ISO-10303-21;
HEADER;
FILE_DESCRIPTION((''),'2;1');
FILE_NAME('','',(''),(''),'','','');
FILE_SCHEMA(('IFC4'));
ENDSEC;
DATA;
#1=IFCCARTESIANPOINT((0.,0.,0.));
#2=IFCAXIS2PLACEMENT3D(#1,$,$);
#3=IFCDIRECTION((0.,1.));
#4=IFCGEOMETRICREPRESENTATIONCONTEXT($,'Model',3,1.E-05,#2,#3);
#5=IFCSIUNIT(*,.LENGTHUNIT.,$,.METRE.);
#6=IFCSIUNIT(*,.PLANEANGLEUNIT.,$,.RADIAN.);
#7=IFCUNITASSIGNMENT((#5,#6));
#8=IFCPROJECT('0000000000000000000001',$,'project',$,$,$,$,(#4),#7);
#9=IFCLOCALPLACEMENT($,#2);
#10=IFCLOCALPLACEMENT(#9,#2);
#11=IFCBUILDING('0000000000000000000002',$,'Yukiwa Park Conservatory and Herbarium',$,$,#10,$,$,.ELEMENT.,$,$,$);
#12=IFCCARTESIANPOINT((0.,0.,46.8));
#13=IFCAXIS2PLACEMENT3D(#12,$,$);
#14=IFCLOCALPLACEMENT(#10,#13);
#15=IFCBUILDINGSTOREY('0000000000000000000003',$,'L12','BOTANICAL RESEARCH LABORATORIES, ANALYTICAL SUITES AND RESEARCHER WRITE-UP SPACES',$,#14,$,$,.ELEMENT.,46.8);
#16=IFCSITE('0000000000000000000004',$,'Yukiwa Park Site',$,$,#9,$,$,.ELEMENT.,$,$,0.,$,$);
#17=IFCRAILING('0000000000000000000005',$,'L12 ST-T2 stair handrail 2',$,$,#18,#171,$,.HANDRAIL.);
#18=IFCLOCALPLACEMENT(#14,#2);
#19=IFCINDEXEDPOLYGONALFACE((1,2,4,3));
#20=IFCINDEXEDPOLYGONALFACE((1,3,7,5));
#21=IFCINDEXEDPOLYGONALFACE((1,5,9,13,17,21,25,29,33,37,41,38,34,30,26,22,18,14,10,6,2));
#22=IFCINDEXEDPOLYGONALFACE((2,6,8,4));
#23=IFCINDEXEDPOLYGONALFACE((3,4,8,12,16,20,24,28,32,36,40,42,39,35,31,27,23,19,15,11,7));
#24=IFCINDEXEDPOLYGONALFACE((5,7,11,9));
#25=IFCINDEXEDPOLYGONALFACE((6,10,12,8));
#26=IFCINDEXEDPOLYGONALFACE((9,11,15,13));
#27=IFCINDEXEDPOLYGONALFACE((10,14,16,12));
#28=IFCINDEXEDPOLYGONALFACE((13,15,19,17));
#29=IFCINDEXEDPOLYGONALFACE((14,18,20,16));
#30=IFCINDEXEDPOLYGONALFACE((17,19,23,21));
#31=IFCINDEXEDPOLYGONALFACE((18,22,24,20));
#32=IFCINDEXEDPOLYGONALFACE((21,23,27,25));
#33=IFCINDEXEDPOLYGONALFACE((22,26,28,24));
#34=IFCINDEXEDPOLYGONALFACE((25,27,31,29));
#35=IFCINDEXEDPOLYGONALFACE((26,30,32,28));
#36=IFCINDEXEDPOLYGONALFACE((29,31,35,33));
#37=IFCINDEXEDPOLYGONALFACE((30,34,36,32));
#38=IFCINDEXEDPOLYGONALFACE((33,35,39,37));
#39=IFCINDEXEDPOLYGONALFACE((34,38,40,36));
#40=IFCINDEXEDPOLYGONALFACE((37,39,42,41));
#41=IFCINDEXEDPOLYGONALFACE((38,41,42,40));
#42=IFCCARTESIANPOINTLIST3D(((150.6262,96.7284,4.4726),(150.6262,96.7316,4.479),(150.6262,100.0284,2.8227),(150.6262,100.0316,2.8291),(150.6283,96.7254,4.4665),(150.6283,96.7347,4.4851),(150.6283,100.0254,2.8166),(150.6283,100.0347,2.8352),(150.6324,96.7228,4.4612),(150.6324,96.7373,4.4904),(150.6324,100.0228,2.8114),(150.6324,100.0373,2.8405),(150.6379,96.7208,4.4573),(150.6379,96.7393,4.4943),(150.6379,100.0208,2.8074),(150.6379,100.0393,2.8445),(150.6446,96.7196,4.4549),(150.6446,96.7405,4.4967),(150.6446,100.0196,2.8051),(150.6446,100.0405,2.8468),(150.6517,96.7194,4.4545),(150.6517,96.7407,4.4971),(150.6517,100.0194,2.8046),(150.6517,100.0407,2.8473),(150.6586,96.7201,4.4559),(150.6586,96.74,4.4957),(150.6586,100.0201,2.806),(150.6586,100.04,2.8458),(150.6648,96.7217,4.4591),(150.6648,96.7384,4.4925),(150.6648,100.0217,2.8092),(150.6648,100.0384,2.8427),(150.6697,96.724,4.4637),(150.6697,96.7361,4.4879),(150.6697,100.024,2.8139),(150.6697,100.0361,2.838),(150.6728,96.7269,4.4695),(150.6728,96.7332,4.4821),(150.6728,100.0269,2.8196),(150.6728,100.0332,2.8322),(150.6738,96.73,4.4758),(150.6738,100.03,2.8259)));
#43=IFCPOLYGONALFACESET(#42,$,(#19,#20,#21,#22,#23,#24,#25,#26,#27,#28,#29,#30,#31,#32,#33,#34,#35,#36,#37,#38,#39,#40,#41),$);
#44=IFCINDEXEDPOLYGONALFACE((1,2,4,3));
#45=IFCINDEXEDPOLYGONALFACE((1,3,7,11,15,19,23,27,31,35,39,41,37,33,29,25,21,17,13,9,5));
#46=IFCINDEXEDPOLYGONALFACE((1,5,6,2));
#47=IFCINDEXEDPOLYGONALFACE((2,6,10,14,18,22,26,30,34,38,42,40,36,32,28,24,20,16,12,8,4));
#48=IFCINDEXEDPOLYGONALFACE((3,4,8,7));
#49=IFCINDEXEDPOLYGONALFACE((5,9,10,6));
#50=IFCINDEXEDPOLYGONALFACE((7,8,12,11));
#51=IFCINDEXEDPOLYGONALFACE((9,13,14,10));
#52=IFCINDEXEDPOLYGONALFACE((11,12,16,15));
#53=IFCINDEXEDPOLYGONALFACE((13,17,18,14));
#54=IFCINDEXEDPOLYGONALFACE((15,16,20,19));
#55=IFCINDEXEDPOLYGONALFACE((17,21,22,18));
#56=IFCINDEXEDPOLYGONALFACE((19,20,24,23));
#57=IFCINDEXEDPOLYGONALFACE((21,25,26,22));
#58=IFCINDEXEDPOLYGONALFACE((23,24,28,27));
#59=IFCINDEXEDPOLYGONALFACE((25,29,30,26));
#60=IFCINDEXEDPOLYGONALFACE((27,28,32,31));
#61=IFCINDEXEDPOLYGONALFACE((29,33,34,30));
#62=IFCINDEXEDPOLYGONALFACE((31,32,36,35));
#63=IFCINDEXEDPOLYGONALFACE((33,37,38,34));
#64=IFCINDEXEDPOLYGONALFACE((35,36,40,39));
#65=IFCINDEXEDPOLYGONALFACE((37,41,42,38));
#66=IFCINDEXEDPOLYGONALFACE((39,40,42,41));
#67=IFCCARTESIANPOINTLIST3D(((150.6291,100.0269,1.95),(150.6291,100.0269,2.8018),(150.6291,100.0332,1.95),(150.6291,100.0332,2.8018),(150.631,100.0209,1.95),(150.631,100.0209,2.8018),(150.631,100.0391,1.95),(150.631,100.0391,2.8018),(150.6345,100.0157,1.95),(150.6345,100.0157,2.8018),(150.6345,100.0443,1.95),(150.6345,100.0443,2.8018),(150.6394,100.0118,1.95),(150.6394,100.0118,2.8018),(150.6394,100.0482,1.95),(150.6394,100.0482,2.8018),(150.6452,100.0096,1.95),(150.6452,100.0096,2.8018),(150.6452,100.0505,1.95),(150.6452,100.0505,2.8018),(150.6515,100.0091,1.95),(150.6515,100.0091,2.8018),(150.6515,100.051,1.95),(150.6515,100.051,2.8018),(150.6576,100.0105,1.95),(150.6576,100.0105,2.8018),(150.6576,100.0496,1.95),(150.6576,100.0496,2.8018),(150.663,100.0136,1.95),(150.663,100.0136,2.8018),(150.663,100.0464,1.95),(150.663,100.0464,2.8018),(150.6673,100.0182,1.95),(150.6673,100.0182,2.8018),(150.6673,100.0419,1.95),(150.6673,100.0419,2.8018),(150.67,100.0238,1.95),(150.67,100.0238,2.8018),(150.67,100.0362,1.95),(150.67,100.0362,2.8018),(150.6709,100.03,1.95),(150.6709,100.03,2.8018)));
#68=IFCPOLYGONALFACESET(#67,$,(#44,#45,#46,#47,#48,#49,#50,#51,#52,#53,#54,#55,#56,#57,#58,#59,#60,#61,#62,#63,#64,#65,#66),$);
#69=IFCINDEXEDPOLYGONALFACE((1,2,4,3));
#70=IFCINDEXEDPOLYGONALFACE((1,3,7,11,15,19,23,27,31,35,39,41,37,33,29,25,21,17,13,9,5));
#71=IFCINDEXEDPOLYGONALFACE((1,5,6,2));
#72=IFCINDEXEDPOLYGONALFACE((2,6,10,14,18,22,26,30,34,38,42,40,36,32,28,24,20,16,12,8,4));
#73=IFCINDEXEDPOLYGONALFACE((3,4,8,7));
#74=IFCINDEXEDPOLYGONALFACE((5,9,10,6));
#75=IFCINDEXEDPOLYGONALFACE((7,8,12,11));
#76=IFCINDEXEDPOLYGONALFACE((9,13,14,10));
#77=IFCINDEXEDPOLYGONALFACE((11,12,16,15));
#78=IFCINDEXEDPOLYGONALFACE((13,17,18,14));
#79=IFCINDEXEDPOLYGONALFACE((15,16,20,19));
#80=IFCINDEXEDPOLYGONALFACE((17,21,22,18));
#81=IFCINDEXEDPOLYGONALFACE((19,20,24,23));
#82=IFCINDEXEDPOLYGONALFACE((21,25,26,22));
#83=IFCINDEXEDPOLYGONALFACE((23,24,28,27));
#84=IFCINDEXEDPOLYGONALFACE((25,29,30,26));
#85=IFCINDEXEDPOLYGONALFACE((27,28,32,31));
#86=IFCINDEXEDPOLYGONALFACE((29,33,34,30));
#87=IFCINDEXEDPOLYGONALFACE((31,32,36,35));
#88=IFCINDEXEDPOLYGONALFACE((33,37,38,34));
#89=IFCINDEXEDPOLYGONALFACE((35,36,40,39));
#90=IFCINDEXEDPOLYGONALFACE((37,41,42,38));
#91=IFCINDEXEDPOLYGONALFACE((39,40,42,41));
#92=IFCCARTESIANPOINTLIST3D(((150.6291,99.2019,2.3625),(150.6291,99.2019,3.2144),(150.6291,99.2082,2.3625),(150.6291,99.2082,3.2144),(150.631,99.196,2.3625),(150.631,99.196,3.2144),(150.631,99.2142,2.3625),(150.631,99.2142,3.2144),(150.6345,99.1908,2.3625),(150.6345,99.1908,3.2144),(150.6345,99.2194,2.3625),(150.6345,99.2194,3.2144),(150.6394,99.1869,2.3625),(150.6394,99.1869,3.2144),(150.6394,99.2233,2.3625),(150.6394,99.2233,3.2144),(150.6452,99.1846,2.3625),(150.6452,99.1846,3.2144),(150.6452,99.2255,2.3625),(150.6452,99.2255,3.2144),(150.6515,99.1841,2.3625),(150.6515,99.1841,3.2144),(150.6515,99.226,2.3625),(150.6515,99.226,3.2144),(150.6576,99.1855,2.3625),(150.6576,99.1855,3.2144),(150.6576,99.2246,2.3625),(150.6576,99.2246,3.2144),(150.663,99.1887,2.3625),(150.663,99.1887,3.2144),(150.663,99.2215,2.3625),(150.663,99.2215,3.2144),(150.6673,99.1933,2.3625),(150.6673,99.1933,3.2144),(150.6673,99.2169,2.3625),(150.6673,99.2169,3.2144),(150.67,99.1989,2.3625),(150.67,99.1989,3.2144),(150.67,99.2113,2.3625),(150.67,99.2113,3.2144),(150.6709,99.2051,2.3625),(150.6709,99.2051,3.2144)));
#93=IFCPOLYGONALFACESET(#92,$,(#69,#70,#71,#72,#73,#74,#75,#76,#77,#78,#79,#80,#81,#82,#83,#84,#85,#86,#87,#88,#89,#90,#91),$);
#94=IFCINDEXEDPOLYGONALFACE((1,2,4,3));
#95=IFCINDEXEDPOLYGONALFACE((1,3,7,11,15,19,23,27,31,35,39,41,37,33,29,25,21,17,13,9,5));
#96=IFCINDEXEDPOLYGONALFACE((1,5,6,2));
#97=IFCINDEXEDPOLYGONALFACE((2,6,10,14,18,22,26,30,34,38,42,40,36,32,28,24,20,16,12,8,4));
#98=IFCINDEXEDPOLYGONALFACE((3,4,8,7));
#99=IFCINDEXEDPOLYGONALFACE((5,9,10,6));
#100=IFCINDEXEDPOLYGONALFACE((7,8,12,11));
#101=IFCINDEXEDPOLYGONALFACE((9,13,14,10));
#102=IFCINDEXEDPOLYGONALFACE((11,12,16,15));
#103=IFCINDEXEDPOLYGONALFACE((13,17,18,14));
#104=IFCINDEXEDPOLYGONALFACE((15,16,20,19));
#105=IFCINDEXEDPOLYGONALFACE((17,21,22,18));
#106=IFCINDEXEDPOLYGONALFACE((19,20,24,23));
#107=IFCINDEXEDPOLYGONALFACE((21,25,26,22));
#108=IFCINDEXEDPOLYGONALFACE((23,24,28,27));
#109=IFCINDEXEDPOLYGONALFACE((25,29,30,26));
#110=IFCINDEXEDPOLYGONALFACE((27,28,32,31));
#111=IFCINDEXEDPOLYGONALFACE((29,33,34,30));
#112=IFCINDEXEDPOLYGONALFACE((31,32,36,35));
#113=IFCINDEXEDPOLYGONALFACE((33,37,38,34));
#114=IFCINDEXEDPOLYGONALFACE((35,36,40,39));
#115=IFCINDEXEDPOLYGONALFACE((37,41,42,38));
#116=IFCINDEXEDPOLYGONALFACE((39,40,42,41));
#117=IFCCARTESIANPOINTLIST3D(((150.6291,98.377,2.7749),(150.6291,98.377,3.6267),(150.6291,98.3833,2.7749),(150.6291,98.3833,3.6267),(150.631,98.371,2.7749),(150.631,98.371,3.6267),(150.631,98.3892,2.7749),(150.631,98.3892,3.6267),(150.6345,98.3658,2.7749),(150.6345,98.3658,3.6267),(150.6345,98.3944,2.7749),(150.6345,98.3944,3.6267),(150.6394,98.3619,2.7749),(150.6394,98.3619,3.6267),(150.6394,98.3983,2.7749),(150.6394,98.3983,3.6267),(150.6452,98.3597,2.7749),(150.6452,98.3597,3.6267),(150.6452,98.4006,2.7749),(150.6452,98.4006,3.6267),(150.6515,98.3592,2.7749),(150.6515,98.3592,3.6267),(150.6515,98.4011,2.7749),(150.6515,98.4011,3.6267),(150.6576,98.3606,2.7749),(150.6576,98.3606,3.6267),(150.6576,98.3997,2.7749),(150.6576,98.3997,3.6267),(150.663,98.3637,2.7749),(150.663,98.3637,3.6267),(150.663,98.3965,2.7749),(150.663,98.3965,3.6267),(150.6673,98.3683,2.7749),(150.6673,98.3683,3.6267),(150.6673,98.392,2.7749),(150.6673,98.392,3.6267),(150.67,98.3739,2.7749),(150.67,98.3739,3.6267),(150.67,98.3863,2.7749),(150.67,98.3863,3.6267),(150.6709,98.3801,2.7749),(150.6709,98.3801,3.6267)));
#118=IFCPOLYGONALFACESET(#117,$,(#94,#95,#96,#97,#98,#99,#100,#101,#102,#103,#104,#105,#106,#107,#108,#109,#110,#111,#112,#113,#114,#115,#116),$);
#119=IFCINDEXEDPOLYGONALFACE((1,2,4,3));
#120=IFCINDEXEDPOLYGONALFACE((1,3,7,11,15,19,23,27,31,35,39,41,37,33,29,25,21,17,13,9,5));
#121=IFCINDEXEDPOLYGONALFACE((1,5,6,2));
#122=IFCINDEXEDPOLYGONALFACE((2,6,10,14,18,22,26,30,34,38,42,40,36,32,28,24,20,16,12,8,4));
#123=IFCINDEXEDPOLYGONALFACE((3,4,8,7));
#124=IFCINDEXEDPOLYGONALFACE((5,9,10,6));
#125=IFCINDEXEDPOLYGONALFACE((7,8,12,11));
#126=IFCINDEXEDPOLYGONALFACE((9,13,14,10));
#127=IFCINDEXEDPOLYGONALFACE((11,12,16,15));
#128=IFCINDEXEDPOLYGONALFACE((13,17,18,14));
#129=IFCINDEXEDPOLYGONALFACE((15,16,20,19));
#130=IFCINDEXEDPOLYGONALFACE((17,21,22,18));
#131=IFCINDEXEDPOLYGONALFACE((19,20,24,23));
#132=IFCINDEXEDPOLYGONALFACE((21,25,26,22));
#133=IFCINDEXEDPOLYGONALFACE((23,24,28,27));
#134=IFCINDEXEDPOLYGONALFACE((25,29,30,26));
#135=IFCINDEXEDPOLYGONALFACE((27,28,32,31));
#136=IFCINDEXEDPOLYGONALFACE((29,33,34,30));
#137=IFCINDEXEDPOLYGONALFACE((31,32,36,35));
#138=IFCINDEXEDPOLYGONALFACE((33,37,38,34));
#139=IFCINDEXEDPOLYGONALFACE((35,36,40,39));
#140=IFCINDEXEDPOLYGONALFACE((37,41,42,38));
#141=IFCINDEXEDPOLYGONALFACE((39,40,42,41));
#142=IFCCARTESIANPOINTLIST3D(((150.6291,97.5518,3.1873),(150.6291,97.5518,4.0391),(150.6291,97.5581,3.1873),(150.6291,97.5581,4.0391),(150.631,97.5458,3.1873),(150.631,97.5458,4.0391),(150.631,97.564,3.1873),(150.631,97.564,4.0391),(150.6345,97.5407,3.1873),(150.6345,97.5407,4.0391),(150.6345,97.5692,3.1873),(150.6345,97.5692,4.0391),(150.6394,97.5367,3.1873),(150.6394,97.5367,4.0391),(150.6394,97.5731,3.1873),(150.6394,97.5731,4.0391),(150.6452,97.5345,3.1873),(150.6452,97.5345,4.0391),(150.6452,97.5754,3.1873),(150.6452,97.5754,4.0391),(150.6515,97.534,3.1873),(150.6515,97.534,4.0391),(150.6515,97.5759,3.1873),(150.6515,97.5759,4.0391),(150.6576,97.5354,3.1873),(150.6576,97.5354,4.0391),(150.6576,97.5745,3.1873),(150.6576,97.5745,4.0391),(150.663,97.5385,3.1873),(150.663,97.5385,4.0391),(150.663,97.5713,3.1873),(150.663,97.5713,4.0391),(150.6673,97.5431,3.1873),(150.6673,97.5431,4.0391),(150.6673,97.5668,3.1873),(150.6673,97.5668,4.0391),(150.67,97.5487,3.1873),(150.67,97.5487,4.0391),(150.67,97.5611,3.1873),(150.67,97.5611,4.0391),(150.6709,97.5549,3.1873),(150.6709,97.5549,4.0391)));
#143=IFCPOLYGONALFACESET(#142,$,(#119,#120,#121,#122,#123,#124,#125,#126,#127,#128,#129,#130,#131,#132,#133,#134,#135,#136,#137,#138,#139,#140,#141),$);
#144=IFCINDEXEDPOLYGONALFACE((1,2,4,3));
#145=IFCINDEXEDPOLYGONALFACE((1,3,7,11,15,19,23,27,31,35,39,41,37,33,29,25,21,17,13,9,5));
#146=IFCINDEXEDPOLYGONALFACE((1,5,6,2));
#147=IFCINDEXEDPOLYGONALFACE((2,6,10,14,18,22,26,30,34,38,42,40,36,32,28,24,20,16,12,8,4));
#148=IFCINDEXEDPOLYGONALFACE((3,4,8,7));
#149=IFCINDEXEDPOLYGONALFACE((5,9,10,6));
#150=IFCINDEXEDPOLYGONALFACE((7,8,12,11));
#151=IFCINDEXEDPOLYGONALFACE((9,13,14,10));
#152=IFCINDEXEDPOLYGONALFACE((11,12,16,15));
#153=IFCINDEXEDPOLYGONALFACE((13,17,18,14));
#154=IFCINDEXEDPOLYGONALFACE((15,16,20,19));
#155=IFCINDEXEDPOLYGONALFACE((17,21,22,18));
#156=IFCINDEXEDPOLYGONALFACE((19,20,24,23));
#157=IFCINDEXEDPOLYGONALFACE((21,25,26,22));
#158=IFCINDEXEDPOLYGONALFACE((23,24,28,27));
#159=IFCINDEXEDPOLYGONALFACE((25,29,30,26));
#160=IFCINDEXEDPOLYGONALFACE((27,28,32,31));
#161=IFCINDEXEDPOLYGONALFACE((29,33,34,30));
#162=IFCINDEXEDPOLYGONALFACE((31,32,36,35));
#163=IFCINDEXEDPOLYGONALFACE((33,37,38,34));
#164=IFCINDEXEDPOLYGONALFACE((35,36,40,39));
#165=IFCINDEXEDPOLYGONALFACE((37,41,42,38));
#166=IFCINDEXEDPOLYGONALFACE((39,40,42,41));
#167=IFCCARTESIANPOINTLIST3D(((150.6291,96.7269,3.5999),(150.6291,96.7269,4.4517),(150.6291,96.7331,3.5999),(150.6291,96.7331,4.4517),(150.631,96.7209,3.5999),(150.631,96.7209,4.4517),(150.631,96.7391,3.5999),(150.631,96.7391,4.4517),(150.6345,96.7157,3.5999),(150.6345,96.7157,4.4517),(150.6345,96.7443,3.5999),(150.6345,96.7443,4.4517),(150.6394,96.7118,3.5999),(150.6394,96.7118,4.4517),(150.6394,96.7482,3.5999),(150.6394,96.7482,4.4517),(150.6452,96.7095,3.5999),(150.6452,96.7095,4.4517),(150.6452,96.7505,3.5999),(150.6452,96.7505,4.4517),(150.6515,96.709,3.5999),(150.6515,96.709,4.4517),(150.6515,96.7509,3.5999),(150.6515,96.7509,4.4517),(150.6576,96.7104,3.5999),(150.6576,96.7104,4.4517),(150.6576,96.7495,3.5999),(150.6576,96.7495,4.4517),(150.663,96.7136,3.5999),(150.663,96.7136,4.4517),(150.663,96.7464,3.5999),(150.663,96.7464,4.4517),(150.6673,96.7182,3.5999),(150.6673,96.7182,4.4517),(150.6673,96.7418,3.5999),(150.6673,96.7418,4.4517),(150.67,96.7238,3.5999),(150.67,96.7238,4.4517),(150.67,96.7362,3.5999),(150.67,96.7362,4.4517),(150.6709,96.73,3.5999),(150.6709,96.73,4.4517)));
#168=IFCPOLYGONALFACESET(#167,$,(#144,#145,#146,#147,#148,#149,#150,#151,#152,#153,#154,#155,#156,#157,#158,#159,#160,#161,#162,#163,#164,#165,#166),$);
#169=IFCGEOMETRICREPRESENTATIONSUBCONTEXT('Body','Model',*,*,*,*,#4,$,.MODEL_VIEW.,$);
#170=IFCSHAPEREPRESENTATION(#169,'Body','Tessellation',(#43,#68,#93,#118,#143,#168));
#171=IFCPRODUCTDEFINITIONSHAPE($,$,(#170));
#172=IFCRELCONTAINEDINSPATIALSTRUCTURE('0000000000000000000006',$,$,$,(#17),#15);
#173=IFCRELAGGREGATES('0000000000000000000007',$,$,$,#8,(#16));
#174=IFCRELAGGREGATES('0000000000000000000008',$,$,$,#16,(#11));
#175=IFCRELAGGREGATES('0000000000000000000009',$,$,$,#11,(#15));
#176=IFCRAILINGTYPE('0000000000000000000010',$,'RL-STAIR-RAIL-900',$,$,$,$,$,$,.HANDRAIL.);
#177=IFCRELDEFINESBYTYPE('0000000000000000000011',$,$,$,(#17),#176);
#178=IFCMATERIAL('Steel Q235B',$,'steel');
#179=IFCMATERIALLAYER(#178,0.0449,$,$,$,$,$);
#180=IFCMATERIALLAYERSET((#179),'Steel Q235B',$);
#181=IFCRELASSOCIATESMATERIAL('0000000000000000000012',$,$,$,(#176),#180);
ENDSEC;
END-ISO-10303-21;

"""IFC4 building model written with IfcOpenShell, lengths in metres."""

from ifc_helpers import new_model, si_unit, direction, frame, origin, origin_2d, place, context, subcontext, project, spatial, circle, extrude, material, layer, layer_set, type_object, element, save


model = new_model("IFC4")

# Units and contexts
model_context = context("Model", 3, precision=1e-05, world=origin(), true_north=direction((0.0, 1.0)))
body_context = subcontext(model_context, "Body", "Model", "MODEL_VIEW")
ifc_project = project(units=[si_unit("LENGTHUNIT", "METRE"), si_unit("PLANEANGLEUNIT", "RADIAN")], contexts=[model_context])

# Site, building, storey
site_placement = place(None, origin())
site = spatial("IfcSite", under=ifc_project, at=site_placement, Name="Yukiwa Park Site", CompositionType="ELEMENT", RefElevation=0.0)
building_placement = place(site_placement, origin())
building = spatial("IfcBuilding", under=site, at=building_placement, Name="Yukiwa Park Conservatory and Herbarium", CompositionType="ELEMENT")
storey_placement = place(building_placement, frame((0.0, 0.0, 46.8)))
storey = spatial("IfcBuildingStorey", under=building, at=storey_placement, Name="L12", Description="BOTANICAL RESEARCH LABORATORIES, ANALYTICAL SUITES AND RESEARCHER WRITE-UP SPACES", CompositionType="ELEMENT", Elevation=46.8)

# Railing
ifc_material_1 = material(Name="Steel Q235B", Category="steel")
ifc_layer_1 = layer(ifc_material_1, 0.0449)
ifc_layer_set_1 = layer_set([ifc_layer_1], Name="Steel Q235B")
railing_type_1 = type_object("IfcRailingType", Name="RL-STAIR-RAIL-900", PredefinedType="HANDRAIL", material=ifc_layer_set_1)
railing_1_placement = place(storey_placement, frame((150.6499, 100.03, 1.95)))
element("IfcRailing", 1, at=railing_1_placement, inside=storey, type_object=railing_type_1, Name="L12 ST-T2 stair handrail 2", PredefinedType="HANDRAIL", context=body_context, shape_type="SweptSolid", body=[
    extrude(circle(Radius=0.0239, at=origin_2d()), frame((0.0, 0.0, 0.876), z_axis=(0.0, -0.89444, 0.447187), x_axis=(1.0, 0.0, 0.0)), (0.0, 0.0, 1.0), 3.6895),
    extrude(circle(Radius=0.021, at=origin_2d()), origin(), (0.0, 0.0, 1.0), 0.8518),
    extrude(circle(Radius=0.021, at=origin_2d()), frame((0.0, -0.825, 0.4126)), (0.0, 0.0, 1.0), 0.8518),
    extrude(circle(Radius=0.021, at=origin_2d()), frame((0.0, -1.6499, 0.825)), (0.0, 0.0, 1.0), 0.8518),
    extrude(circle(Radius=0.021, at=origin_2d()), frame((0.0, -2.4751, 1.2373)), (0.0, 0.0, 1.0), 0.8518),
    extrude(circle(Radius=0.021, at=origin_2d()), frame((0.0, -3.3, 1.6499)), (0.0, 0.0, 1.0), 0.8518),
])

save(model, "model.ifc")
